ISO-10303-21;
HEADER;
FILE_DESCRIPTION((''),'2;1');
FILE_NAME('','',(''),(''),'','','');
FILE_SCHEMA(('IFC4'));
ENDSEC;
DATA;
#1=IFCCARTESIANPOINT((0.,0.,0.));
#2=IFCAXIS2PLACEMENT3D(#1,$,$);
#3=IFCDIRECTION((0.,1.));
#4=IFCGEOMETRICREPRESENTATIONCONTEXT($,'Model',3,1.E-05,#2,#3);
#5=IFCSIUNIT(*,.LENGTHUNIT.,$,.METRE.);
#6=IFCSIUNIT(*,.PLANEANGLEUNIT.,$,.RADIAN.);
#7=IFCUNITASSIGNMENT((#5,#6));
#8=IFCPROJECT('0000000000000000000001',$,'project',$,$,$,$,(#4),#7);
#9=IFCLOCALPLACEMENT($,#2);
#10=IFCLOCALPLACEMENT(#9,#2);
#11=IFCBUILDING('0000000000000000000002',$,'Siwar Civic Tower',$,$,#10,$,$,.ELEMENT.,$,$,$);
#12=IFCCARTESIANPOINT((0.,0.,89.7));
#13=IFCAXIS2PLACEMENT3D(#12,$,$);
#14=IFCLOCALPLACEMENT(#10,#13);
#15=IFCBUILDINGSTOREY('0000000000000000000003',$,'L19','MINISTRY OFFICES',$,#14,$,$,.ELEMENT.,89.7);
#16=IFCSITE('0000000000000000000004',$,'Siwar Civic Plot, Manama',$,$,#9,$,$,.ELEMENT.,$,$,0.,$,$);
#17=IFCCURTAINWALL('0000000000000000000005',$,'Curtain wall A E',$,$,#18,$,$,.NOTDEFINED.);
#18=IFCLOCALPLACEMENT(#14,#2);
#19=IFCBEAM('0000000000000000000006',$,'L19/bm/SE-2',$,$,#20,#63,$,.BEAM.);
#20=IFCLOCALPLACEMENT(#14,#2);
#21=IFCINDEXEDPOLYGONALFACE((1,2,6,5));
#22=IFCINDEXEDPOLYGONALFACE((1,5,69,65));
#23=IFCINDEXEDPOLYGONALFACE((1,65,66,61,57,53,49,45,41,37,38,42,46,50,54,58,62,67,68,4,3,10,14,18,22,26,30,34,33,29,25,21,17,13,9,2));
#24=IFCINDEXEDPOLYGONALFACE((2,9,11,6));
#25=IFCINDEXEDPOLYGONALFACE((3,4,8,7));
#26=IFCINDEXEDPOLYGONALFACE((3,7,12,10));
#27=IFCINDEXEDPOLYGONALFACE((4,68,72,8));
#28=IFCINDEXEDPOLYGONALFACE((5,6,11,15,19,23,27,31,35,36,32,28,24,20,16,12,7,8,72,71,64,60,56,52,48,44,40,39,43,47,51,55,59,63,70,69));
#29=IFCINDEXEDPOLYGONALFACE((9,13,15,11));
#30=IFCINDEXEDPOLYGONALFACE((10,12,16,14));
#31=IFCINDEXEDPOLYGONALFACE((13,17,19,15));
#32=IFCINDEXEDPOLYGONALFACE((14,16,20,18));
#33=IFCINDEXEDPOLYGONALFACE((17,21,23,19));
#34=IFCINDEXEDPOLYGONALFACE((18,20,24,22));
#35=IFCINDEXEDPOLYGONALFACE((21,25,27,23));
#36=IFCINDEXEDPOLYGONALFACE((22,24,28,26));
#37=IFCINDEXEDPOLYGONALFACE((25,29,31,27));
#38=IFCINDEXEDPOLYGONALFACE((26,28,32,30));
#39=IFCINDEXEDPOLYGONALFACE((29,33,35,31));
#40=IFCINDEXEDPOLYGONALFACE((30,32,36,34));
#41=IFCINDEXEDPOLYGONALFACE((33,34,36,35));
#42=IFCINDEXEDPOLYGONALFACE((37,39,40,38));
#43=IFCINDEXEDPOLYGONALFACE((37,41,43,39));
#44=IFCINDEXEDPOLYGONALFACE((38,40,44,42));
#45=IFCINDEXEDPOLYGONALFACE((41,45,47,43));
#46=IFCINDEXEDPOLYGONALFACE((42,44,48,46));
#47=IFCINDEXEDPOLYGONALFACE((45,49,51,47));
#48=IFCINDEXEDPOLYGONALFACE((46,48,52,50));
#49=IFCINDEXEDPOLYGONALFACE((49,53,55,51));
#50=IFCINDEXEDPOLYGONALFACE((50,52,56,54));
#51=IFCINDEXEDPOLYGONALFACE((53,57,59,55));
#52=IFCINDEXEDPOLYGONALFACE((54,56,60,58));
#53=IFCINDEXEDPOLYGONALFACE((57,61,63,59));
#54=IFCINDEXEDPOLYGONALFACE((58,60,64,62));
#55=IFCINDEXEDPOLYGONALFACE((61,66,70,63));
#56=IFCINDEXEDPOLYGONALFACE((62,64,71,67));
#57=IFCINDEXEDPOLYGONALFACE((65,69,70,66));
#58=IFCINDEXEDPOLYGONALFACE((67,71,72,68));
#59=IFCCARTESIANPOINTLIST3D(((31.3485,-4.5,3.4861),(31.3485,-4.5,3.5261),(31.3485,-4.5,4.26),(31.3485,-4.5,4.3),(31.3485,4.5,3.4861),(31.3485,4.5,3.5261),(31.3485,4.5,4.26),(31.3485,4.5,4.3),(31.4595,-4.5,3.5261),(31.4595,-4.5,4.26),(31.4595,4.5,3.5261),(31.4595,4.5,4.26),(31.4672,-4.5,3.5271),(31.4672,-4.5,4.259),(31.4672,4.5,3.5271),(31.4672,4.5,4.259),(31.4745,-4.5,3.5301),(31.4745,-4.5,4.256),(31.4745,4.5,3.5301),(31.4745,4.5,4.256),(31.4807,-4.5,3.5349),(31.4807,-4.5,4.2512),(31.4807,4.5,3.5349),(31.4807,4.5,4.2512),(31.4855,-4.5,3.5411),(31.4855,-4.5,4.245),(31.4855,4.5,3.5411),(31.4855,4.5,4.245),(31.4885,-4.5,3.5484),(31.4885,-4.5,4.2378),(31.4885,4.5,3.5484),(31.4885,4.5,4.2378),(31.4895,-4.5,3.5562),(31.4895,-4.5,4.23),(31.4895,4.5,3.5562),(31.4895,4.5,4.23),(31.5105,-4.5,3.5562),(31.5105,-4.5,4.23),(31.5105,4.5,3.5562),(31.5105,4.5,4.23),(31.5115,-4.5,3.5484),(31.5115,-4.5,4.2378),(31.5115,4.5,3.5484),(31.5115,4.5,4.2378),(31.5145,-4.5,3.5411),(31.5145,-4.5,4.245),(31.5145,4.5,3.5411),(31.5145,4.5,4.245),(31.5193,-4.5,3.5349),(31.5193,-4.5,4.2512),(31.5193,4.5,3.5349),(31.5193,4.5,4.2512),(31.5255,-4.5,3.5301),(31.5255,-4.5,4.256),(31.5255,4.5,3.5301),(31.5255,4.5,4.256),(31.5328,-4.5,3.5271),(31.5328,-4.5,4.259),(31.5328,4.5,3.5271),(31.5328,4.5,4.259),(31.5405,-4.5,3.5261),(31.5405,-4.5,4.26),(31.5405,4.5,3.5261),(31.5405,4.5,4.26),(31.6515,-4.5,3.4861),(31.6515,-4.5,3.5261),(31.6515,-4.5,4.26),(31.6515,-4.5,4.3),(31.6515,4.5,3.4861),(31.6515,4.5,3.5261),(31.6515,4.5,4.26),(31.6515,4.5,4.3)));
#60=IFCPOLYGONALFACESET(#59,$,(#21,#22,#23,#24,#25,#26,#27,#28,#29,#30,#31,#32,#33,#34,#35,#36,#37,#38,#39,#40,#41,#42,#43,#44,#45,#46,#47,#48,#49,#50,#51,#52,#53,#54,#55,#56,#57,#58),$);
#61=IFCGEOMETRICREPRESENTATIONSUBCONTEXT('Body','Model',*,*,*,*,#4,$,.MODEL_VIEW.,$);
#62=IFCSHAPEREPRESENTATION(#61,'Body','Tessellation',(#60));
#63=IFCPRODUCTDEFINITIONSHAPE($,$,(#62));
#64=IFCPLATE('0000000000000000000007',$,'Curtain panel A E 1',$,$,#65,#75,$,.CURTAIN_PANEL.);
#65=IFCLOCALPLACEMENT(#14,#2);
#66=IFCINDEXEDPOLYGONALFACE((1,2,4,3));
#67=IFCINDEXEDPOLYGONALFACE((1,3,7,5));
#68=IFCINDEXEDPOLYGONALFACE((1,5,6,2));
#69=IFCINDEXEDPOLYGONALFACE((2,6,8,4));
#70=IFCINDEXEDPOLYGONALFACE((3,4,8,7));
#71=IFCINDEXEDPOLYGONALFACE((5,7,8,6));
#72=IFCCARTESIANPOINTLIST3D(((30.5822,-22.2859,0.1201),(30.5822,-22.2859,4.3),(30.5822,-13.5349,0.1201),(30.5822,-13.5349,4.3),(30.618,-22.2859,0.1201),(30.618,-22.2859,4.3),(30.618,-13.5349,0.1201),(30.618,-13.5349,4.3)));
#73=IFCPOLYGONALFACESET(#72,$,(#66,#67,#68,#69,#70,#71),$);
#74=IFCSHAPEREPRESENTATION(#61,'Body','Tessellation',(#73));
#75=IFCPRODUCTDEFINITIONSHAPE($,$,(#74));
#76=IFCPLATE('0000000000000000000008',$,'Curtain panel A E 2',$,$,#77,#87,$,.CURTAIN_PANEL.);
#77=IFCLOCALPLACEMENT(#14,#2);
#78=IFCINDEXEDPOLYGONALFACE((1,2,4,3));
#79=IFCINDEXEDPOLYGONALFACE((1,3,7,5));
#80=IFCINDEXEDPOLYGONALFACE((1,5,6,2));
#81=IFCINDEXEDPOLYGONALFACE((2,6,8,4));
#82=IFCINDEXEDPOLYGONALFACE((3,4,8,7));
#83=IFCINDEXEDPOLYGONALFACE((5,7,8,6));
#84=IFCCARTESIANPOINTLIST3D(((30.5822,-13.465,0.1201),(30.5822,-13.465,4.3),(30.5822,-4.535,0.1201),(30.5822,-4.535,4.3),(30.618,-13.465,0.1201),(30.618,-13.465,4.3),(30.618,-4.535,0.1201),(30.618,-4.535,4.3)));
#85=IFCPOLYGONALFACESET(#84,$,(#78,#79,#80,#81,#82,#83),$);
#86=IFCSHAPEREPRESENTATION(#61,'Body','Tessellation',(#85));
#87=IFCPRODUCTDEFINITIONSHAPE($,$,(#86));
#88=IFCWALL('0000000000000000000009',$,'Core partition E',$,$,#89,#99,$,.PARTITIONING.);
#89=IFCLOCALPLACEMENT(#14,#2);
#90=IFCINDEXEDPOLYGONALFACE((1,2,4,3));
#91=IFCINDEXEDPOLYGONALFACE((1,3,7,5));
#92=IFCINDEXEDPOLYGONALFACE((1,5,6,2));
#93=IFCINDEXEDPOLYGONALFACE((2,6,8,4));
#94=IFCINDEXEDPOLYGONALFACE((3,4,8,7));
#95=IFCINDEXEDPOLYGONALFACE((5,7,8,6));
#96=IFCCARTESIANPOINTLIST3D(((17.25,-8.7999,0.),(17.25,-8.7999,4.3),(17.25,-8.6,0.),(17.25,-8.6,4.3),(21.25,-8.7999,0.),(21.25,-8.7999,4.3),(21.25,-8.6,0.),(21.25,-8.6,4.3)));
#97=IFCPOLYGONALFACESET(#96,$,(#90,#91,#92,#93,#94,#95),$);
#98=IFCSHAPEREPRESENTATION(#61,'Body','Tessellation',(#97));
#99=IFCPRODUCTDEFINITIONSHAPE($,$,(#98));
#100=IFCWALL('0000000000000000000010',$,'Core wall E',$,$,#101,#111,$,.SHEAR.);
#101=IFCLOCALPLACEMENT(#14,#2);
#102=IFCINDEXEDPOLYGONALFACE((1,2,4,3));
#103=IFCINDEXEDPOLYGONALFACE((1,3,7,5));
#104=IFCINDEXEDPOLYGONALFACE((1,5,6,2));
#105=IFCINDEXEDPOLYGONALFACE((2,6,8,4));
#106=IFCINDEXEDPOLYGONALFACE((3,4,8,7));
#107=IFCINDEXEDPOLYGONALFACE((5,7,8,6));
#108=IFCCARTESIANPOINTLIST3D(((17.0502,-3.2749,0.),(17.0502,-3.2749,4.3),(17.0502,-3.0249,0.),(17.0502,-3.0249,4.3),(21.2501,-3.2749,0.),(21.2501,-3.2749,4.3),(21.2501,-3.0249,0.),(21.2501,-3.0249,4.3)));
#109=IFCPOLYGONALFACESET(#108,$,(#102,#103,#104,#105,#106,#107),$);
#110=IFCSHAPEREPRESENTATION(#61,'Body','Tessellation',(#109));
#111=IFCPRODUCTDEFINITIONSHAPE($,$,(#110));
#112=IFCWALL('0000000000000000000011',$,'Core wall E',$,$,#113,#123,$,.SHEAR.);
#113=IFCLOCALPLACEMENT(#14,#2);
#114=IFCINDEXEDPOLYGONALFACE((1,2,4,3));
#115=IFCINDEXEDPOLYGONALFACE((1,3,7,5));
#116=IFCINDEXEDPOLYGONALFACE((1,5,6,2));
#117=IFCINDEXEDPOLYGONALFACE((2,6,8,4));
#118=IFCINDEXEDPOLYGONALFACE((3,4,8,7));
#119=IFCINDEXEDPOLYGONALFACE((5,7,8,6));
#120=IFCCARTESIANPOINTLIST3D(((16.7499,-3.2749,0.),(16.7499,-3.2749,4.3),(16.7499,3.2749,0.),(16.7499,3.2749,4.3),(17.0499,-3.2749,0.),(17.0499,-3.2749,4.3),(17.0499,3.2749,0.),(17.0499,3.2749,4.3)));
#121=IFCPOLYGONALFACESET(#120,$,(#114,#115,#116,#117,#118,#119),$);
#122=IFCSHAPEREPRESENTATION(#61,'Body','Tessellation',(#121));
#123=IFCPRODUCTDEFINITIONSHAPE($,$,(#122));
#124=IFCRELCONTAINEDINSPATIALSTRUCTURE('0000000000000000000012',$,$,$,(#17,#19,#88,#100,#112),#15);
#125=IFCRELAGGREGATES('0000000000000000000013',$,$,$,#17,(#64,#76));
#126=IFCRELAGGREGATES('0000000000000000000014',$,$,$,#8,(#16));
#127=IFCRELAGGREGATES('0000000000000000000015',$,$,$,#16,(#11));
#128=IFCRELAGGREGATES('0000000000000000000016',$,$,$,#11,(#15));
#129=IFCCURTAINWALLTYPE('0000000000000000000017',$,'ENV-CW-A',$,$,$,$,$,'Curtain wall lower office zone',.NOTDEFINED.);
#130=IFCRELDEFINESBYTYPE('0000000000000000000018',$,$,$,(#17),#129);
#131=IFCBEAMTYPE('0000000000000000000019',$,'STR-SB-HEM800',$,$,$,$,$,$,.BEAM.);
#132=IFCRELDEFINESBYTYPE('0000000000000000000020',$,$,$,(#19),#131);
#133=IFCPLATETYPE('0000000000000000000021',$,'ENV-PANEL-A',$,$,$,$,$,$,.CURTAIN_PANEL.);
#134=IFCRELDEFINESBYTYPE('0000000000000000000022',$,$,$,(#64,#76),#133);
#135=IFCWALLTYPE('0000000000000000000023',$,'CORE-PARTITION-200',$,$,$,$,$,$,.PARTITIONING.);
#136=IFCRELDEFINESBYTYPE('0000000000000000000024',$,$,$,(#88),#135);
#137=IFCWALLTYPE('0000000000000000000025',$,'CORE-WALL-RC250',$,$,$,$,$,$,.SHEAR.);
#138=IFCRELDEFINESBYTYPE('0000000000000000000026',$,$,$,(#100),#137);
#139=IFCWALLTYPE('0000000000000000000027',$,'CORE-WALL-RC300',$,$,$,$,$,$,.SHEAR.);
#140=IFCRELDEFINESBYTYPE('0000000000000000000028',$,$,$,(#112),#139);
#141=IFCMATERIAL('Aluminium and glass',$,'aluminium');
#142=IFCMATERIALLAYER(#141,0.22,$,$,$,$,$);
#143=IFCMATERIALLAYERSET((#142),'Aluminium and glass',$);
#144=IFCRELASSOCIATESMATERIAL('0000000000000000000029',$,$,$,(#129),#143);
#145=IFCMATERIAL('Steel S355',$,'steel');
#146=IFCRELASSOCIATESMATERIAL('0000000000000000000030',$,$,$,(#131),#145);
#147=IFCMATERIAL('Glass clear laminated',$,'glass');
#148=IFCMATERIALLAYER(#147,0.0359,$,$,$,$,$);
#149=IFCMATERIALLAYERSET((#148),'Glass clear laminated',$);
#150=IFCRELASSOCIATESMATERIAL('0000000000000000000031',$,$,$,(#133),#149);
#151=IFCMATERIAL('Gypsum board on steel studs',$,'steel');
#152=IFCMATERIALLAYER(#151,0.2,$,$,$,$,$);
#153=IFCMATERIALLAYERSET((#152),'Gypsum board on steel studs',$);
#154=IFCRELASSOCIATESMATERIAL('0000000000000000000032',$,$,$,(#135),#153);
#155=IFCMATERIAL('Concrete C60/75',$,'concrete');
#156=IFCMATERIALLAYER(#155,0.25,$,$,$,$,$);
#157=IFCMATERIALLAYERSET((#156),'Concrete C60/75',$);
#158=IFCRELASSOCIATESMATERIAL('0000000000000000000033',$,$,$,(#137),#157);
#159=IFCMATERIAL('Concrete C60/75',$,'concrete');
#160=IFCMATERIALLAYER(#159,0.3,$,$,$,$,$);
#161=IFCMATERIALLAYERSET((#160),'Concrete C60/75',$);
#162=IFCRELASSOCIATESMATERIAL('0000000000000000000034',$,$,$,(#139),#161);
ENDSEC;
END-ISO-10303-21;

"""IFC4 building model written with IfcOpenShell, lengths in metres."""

from ifc_helpers import new_model, si_unit, direction, frame, frame_2d, origin, origin_2d, place, context, subcontext, project, spatial, rectangle, i_section, extrude, material, layer, layer_set, material_profile, profile_set, type_object, element, aggregate, save


model = new_model("IFC4")

# Units and contexts
model_context = context("Model", 3, precision=1e-05, world=origin(), true_north=direction((0.0, 1.0)))
body_context = subcontext(model_context, "Body", "Model", "MODEL_VIEW")
ifc_project = project(units=[si_unit("LENGTHUNIT", "METRE"), si_unit("PLANEANGLEUNIT", "RADIAN")], contexts=[model_context])

# Site, building, storey
site_placement = place(None, origin())
site = spatial("IfcSite", under=ifc_project, at=site_placement, Name="Siwar Civic Plot, Manama", CompositionType="ELEMENT", RefElevation=0.0)
building_placement = place(site_placement, origin())
building = spatial("IfcBuilding", under=site, at=building_placement, Name="Siwar Civic Tower", CompositionType="ELEMENT")
storey_placement = place(building_placement, frame((0.0, 0.0, 89.7)))
storey = spatial("IfcBuildingStorey", under=building, at=storey_placement, Name="L19", Description="MINISTRY OFFICES", CompositionType="ELEMENT", Elevation=89.7)

# Curtain wall
ifc_material_1 = material(Name="Aluminium and glass", Category="aluminium")
ifc_layer_1 = layer(ifc_material_1, 0.22)
ifc_layer_set_1 = layer_set([ifc_layer_1], Name="Aluminium and glass")
curtain_wall_type = type_object("IfcCurtainWallType", Name="ENV-CW-A", ElementType="Curtain wall lower office zone", PredefinedType="NOTDEFINED", material=ifc_layer_set_1)
curtain_wall_placement = place(storey_placement, origin())
curtain_wall = element("IfcCurtainWall", 1, at=curtain_wall_placement, inside=storey, type_object=curtain_wall_type, Name="Curtain wall A E", PredefinedType="NOTDEFINED")

# Beam
ifc_material_2 = material(Name="Steel S355", Category="steel")
ifc_material_profile_1 = material_profile(ifc_material_2, i_section(OverallWidth=0.303, OverallDepth=0.814, WebThickness=0.021, FlangeThickness=0.04, FilletRadius=0.03, at=origin_2d()), Name="HEM800")
ifc_profile_set_1 = profile_set([ifc_material_profile_1], Name="Steel S355")
beam_type_1 = type_object("IfcBeamType", Name="STR-SB-HEM800", PredefinedType="BEAM", material=ifc_profile_set_1)
for number, where, z_axis, x_axis, name in (
    (2, (31.5, -4.5, 3.8931), (0.0, 1.0, 0.0), (-1.0, 0.0, 0.0), "L19/bm/SE-2"),
):
    element("IfcBeam", number, at=place(storey_placement, frame(where, z_axis=z_axis, x_axis=x_axis)), inside=storey, type_object=beam_type_1, Name=name, PredefinedType="BEAM", context=body_context, shape_type="SweptSolid", body=[
        extrude(i_section(OverallWidth=0.303, OverallDepth=0.814, WebThickness=0.021, FlangeThickness=0.04, FilletRadius=0.03, at=origin_2d()), origin(), (0.0, 0.0, 1.0), 9.0),
    ])

# Plates
ifc_material_3 = material(Name="Glass clear laminated", Category="glass")
ifc_layer_2 = layer(ifc_material_3, 0.0359)
ifc_layer_set_2 = layer_set([ifc_layer_2], Name="Glass clear laminated")
plate_type = type_object("IfcPlateType", Name="ENV-PANEL-A", PredefinedType="CURTAIN_PANEL", material=ifc_layer_set_2)
plate_1_placement = place(storey_placement, frame((30.6001, -17.9104, 0.1201), z_axis=(0.0, 0.0, 1.0), x_axis=(0.0, 1.0, 0.0)))
plate_1 = element("IfcPlate", 3, at=plate_1_placement, type_object=plate_type, Name="Curtain panel A E 1", PredefinedType="CURTAIN_PANEL", context=body_context, shape_type="SweptSolid", body=[
    extrude(rectangle(XDim=8.751, YDim=0.0359, at=origin_2d()), origin(), (0.0, 0.0, 1.0), 4.1799),
])
plate_2_placement = place(storey_placement, frame((30.6001, -9.0, 0.1201), z_axis=(0.0, 0.0, 1.0), x_axis=(0.0, 1.0, 0.0)))
plate_2 = element("IfcPlate", 4, at=plate_2_placement, type_object=plate_type, Name="Curtain panel A E 2", PredefinedType="CURTAIN_PANEL", context=body_context, shape_type="SweptSolid", body=[
    extrude(rectangle(XDim=8.9299, YDim=0.0359, at=origin_2d()), origin(), (0.0, 0.0, 1.0), 4.1799),
])
aggregate(curtain_wall, [plate_1, plate_2])

# Walls
ifc_material_4 = material(Name="Gypsum board on steel studs", Category="steel")
ifc_layer_3 = layer(ifc_material_4, 0.2)
ifc_layer_set_3 = layer_set([ifc_layer_3], Name="Gypsum board on steel studs")
wall_type_1 = type_object("IfcWallType", Name="CORE-PARTITION-200", PredefinedType="PARTITIONING", material=ifc_layer_set_3)
wall_1_placement = place(storey_placement, frame((17.25, -8.7, 0.0), z_axis=(0.0, 0.0, 1.0), x_axis=(1.0, 0.0, 0.0)))
element("IfcWall", 5, at=wall_1_placement, inside=storey, type_object=wall_type_1, Name="Core partition E", PredefinedType="PARTITIONING", context=body_context, shape_type="SweptSolid", body=[
    extrude(rectangle(XDim=4.0, YDim=0.2, at=frame_2d((2.0, 0.0))), origin(), (0.0, 0.0, 1.0), 4.3),
])
ifc_material_5 = material(Name="Concrete C60/75", Category="concrete")
ifc_layer_4 = layer(ifc_material_5, 0.25)
ifc_layer_set_4 = layer_set([ifc_layer_4], Name="Concrete C60/75")
wall_type_2 = type_object("IfcWallType", Name="CORE-WALL-RC250", PredefinedType="SHEAR", material=ifc_layer_set_4)
wall_2_placement = place(storey_placement, frame((17.05, -3.1499, 0.0), z_axis=(0.0, 0.0, 1.0), x_axis=(1.0, 0.0, 0.0)))
element("IfcWall", 6, at=wall_2_placement, inside=storey, type_object=wall_type_2, Name="Core wall E", PredefinedType="SHEAR", context=body_context, shape_type="SweptSolid", body=[
    extrude(rectangle(XDim=4.2, YDim=0.25, at=frame_2d((2.1001, 0.0))), origin(), (0.0, 0.0, 1.0), 4.3),
])
ifc_material_6 = material(Name="Concrete C60/75", Category="concrete")
ifc_layer_5 = layer(ifc_material_6, 0.3)
ifc_layer_set_5 = layer_set([ifc_layer_5], Name="Concrete C60/75")
wall_type_3 = type_object("IfcWallType", Name="CORE-WALL-RC300", PredefinedType="SHEAR", material=ifc_layer_set_5)
wall_3_placement = place(storey_placement, frame((16.8999, -3.2749, 0.0), z_axis=(0.0, 0.0, 1.0), x_axis=(0.0, 1.0, 0.0)))
element("IfcWall", 7, at=wall_3_placement, inside=storey, type_object=wall_type_3, Name="Core wall E", PredefinedType="SHEAR", context=body_context, shape_type="SweptSolid", body=[
    extrude(rectangle(XDim=6.5498, YDim=0.3, at=frame_2d((3.2749, 0.0))), origin(), (0.0, 0.0, 1.0), 4.3),
])

save(model, "model.ifc")
